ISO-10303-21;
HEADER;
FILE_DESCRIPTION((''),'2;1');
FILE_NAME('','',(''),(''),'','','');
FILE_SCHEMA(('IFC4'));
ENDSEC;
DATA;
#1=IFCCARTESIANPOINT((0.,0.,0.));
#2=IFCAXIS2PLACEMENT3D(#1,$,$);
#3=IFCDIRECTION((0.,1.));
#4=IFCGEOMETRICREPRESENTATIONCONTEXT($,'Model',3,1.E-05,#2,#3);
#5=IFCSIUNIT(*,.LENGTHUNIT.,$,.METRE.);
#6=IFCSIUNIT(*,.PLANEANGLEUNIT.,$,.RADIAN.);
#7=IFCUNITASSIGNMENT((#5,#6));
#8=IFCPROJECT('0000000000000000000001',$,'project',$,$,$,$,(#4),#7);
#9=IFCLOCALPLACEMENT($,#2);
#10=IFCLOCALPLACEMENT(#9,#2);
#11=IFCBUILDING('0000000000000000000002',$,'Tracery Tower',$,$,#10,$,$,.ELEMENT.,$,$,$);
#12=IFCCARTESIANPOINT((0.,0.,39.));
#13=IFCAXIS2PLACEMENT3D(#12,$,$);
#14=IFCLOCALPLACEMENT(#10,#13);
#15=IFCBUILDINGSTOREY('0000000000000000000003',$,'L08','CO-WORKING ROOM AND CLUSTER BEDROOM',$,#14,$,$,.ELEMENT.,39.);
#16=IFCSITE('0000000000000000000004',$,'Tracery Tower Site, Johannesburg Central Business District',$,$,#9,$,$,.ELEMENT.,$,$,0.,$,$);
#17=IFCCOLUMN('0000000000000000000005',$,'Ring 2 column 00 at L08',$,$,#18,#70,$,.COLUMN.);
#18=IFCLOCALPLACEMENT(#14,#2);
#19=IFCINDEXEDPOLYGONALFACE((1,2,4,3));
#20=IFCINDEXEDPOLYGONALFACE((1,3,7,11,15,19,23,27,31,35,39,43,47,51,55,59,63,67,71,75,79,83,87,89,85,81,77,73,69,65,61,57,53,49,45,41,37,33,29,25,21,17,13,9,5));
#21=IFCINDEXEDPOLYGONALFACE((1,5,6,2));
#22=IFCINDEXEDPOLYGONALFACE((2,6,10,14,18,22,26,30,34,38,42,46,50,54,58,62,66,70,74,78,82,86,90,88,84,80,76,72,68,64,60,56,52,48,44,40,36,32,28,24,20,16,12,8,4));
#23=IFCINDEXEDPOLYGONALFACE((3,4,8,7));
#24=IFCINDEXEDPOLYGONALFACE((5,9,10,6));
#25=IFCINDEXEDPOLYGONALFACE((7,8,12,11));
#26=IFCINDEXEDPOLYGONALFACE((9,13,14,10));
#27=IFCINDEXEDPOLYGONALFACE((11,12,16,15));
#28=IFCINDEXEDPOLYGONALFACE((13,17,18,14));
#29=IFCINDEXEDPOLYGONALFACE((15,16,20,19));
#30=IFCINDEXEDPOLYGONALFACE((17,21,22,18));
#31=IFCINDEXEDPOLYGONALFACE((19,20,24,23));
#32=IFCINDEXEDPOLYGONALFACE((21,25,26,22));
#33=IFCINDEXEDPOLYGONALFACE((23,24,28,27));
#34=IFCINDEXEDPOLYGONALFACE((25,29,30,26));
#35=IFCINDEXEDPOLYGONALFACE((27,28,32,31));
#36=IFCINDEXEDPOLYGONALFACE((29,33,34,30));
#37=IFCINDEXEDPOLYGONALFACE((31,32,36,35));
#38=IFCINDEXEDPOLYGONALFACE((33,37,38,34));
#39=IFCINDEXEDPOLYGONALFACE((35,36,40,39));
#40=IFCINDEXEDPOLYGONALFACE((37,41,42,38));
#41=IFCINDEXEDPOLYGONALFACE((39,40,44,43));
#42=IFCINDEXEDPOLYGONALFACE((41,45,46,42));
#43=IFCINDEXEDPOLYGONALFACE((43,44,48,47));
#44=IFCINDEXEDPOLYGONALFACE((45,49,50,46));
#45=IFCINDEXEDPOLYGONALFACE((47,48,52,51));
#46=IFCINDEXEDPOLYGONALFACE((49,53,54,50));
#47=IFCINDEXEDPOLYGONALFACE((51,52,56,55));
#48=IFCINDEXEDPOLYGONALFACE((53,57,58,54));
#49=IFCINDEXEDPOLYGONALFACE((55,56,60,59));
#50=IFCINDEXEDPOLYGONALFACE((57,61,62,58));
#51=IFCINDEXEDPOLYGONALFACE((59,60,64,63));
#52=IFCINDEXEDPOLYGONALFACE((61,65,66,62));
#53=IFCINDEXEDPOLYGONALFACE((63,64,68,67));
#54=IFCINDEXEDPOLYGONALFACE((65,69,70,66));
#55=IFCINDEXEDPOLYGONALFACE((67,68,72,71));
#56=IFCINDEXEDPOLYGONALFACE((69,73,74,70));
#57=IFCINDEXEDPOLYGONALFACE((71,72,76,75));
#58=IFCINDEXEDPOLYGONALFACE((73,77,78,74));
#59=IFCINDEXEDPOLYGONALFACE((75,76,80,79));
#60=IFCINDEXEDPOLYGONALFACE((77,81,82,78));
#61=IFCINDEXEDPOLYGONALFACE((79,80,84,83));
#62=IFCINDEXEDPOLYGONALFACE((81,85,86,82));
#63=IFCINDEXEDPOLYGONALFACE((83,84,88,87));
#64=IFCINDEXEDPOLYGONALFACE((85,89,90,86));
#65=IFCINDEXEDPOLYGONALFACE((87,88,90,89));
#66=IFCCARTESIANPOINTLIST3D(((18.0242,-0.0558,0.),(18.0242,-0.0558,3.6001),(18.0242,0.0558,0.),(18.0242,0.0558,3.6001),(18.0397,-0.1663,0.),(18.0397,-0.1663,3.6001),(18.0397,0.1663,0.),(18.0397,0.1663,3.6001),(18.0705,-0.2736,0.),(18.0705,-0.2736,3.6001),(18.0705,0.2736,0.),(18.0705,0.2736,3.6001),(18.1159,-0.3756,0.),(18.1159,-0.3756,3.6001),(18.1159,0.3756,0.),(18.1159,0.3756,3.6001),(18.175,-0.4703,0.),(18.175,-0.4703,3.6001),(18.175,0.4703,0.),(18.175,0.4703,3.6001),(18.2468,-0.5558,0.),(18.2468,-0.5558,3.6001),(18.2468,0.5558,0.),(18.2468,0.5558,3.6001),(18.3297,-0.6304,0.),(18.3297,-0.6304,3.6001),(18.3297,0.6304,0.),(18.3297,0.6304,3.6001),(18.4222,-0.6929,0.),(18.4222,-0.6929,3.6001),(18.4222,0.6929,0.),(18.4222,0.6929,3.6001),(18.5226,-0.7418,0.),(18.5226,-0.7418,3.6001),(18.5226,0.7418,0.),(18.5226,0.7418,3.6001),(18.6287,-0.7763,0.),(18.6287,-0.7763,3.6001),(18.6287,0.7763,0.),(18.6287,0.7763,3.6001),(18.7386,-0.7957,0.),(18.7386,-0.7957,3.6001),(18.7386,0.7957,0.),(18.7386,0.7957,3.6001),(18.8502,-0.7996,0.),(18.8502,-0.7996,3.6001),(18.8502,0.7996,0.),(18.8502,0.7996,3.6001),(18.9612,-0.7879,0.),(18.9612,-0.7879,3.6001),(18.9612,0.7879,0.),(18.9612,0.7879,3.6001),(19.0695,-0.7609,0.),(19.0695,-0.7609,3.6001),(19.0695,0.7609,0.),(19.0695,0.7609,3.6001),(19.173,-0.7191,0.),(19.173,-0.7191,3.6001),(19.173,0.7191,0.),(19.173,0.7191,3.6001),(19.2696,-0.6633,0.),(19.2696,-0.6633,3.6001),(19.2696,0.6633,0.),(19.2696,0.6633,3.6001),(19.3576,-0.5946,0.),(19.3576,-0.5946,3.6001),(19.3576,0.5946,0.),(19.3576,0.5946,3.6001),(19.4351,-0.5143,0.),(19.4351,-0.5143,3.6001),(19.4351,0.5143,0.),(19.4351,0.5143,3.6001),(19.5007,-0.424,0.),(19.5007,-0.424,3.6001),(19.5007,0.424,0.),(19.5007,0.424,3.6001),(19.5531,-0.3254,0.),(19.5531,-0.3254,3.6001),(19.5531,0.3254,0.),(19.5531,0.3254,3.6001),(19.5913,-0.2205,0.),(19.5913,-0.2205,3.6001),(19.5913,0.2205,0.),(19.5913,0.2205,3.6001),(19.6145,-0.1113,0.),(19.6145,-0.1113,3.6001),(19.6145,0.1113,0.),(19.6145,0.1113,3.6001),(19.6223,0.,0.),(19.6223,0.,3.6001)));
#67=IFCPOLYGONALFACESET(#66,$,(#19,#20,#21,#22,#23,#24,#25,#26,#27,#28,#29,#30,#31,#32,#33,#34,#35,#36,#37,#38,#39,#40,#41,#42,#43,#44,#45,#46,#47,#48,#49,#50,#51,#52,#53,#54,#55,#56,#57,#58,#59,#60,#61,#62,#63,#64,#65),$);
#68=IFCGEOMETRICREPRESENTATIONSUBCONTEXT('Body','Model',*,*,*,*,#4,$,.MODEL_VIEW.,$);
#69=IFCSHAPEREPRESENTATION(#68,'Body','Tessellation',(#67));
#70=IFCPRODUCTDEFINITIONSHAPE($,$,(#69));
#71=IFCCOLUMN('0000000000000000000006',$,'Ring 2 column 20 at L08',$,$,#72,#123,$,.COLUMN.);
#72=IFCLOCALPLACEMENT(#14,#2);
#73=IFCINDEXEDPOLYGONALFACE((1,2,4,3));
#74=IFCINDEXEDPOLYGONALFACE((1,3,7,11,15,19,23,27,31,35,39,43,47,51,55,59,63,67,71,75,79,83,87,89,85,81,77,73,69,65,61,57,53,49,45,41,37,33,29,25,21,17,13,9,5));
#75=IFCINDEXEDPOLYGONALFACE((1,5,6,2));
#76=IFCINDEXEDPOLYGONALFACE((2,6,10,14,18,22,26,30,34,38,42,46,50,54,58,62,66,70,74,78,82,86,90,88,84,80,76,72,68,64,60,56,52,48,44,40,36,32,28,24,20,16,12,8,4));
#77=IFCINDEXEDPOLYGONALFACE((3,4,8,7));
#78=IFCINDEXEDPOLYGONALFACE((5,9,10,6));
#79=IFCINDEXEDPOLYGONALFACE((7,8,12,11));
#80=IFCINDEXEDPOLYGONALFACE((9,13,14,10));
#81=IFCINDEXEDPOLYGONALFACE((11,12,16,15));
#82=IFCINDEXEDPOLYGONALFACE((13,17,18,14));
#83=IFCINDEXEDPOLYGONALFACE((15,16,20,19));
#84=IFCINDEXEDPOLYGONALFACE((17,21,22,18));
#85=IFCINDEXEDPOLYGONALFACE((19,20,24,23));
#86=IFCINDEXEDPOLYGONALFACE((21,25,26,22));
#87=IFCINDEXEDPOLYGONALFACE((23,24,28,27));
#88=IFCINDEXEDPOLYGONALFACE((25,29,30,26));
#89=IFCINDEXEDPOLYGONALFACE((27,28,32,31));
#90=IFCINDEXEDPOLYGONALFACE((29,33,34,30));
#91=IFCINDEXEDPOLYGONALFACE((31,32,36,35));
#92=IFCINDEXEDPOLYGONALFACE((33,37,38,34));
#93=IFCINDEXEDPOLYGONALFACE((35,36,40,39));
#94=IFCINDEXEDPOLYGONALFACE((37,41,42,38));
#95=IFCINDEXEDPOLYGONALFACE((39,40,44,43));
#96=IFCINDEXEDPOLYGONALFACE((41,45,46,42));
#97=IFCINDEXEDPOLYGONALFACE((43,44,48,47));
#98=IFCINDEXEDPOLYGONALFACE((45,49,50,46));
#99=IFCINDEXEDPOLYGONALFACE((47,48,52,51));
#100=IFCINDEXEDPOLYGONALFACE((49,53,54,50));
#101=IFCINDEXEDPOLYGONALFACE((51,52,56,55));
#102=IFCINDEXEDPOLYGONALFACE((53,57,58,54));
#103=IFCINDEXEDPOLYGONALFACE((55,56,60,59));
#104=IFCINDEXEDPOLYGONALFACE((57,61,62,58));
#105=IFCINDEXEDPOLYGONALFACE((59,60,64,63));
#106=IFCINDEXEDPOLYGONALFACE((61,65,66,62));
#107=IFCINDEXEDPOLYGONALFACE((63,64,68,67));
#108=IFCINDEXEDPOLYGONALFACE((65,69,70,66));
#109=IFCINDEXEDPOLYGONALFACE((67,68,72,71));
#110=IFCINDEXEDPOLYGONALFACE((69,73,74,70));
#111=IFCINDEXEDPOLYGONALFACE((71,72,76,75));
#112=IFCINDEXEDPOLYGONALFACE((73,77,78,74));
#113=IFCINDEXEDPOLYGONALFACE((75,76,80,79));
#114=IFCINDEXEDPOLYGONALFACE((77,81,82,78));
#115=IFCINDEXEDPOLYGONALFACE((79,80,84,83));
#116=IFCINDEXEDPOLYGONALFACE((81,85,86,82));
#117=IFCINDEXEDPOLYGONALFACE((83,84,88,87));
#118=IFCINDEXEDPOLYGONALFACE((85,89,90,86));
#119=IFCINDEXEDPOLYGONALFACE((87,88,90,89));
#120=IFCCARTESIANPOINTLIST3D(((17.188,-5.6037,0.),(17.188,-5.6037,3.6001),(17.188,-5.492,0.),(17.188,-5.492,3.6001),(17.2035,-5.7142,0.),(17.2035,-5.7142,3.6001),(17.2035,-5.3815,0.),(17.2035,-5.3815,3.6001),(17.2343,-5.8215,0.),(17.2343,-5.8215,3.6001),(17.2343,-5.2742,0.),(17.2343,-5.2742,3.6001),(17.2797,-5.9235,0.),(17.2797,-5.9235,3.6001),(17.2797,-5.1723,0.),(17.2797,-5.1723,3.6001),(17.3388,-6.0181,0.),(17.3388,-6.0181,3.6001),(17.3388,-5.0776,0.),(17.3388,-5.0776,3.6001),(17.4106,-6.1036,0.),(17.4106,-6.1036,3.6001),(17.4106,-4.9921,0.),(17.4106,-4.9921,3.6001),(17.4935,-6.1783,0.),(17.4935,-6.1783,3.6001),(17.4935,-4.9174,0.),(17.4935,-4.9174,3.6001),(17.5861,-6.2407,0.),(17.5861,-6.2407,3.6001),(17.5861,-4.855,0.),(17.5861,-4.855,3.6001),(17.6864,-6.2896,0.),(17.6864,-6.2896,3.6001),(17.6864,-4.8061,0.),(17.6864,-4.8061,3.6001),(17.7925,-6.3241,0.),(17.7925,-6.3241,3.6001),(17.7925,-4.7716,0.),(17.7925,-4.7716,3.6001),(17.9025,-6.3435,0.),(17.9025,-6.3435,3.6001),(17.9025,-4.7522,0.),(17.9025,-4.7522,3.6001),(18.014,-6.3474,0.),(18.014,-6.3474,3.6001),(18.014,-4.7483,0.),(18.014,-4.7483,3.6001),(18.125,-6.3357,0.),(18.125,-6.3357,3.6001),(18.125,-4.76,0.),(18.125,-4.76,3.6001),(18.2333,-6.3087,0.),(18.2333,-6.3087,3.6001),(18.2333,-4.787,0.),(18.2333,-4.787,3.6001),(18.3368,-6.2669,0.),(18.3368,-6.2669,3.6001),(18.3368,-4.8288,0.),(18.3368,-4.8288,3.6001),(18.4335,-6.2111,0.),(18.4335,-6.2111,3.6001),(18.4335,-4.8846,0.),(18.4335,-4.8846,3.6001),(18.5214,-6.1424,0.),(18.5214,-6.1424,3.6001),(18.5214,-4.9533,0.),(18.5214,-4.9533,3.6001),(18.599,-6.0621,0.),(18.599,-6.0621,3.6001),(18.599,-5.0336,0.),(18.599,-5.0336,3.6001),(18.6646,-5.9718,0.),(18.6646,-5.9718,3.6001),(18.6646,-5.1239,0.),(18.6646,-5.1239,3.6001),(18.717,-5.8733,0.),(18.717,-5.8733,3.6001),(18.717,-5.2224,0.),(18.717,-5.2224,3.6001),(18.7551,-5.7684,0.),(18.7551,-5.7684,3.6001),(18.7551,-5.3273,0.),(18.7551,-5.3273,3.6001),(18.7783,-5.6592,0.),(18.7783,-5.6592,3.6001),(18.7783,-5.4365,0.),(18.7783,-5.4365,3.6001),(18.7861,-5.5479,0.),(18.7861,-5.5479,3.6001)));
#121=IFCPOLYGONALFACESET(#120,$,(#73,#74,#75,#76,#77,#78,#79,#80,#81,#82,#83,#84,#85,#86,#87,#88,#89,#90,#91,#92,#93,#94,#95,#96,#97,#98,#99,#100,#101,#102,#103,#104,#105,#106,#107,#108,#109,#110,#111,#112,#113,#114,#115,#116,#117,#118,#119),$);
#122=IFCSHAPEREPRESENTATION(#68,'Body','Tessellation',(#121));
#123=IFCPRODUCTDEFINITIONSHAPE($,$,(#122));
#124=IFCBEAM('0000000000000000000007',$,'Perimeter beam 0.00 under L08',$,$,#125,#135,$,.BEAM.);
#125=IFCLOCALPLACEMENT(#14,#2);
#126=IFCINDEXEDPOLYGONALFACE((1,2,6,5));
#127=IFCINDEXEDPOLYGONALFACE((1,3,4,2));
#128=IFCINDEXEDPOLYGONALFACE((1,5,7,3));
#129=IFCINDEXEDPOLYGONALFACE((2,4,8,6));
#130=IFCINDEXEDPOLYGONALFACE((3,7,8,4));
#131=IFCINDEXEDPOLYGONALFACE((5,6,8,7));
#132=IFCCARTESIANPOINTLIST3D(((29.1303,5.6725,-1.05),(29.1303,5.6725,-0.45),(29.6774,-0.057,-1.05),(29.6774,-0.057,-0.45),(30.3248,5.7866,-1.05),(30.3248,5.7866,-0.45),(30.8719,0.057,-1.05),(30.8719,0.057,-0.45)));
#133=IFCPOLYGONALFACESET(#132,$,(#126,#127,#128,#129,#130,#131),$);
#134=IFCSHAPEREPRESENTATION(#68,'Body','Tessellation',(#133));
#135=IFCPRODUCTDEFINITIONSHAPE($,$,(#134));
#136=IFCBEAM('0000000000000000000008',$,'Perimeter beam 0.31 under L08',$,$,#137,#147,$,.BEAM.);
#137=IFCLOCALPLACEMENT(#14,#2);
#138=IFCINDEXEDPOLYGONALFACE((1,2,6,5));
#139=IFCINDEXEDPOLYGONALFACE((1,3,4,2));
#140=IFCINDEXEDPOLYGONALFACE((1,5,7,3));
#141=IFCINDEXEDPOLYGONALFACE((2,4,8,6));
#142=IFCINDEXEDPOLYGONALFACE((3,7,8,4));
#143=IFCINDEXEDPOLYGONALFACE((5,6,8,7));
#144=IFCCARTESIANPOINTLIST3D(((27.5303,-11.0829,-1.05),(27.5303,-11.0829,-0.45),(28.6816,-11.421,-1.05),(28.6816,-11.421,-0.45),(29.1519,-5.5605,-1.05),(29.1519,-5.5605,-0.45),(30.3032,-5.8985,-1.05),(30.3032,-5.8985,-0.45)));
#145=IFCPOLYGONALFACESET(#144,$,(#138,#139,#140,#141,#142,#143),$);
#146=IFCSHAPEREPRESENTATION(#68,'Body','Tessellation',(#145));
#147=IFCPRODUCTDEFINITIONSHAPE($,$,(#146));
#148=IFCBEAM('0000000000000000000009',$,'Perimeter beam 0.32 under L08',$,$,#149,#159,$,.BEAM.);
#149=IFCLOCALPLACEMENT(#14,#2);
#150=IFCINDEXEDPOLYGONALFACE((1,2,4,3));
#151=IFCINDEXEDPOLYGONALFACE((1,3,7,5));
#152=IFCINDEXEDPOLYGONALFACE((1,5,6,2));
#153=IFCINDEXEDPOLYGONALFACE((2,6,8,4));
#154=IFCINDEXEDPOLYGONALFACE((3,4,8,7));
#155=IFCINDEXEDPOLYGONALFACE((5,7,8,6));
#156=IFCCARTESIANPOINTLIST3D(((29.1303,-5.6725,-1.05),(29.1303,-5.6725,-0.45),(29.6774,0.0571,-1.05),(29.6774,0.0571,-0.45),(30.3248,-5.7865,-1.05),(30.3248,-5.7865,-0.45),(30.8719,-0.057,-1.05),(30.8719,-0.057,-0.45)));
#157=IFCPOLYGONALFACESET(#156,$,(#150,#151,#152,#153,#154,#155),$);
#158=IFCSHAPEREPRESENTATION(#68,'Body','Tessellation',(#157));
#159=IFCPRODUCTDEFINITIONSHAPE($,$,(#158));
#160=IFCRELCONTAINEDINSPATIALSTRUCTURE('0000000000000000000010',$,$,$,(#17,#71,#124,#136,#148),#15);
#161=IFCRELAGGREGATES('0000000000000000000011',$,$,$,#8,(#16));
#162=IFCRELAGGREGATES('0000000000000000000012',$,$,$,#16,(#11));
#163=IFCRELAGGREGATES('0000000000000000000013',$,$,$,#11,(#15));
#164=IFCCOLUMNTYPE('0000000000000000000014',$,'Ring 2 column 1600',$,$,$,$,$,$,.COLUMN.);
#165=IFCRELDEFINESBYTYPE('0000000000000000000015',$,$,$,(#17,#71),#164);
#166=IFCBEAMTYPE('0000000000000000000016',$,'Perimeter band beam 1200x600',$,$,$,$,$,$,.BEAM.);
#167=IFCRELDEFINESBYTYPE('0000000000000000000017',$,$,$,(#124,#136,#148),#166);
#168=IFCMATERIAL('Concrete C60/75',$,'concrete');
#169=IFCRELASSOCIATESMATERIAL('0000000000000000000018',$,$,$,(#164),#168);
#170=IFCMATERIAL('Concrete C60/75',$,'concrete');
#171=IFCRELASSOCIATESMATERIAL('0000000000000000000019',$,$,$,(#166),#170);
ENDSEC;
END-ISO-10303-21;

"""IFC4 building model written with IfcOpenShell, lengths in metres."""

from ifc_helpers import new_model, si_unit, direction, frame, origin, origin_2d, place, context, subcontext, project, spatial, rectangle, circle, extrude, material, material_profile, profile_set, type_object, element, save


model = new_model("IFC4")

# Units and contexts
model_context = context("Model", 3, precision=1e-05, world=origin(), true_north=direction((0.0, 1.0)))
body_context = subcontext(model_context, "Body", "Model", "MODEL_VIEW")
ifc_project = project(units=[si_unit("LENGTHUNIT", "METRE"), si_unit("PLANEANGLEUNIT", "RADIAN")], contexts=[model_context])

# Site, building, storey
site_placement = place(None, origin())
site = spatial("IfcSite", under=ifc_project, at=site_placement, Name="Tracery Tower Site, Johannesburg Central Business District", CompositionType="ELEMENT", RefElevation=0.0)
building_placement = place(site_placement, origin())
building = spatial("IfcBuilding", under=site, at=building_placement, Name="Tracery Tower", CompositionType="ELEMENT")
storey_placement = place(building_placement, frame((0.0, 0.0, 39.0)))
storey = spatial("IfcBuildingStorey", under=building, at=storey_placement, Name="L08", Description="CO-WORKING ROOM AND CLUSTER BEDROOM", CompositionType="ELEMENT", Elevation=39.0)

# Columns
ifc_material_1 = material(Name="Concrete C60/75", Category="concrete")
ifc_material_profile_1 = material_profile(ifc_material_1, circle(Radius=0.8, at=origin_2d()), Name="RC D1600")
ifc_profile_set_1 = profile_set([ifc_material_profile_1], Name="Concrete C60/75")
column_type_1 = type_object("IfcColumnType", Name="Ring 2 column 1600", PredefinedType="COLUMN", material=ifc_profile_set_1)
for number, where, z_axis, x_axis, name in (
    (1, (18.8223, 0.0, 0.0), (0.0, 0.0, 1.0), (1.0, 0.0, 0.0), "Ring 2 column 00 at L08"),
    (2, (17.9861, -5.5479, 0.0), (0.0, 0.0, 1.0), (1.0, 0.0, 0.0), "Ring 2 column 20 at L08"),
):
    element("IfcColumn", number, at=place(storey_placement, frame(where, z_axis=z_axis, x_axis=x_axis)), inside=storey, type_object=column_type_1, Name=name, PredefinedType="COLUMN", context=body_context, shape_type="SweptSolid", body=[
        extrude(circle(Radius=0.8, at=origin_2d()), origin(), (0.0, 0.0, 1.0), 3.6001),
    ])

# Beams
ifc_material_2 = material(Name="Concrete C60/75", Category="concrete")
ifc_material_profile_2 = material_profile(ifc_material_2, rectangle(XDim=1.2, YDim=0.6001, at=origin_2d()), Name="RC 1200x600")
ifc_profile_set_2 = profile_set([ifc_material_profile_2], Name="Concrete C60/75")
beam_type = type_object("IfcBeamType", Name="Perimeter band beam 1200x600", PredefinedType="BEAM", material=ifc_profile_set_2)
for number, where, z_axis, x_axis, name in (
    (3, (30.2747, 0.0, -0.75), (-0.095059, 0.995472, 0.0), (-0.995472, -0.095059, 0.0), "Perimeter beam 0.00 under L08"),
    (4, (28.106, -11.252, -0.75), (0.281739, 0.959491, 0.0), (-0.959491, 0.281739, 0.0), "Perimeter beam 0.31 under L08"),
    (5, (29.7275, -5.7295, -0.75), (0.095059, 0.995472, 0.0), (-0.995472, 0.095059, 0.0), "Perimeter beam 0.32 under L08"),
):
    element("IfcBeam", number, at=place(storey_placement, frame(where, z_axis=z_axis, x_axis=x_axis)), inside=storey, type_object=beam_type, Name=name, PredefinedType="BEAM", context=body_context, shape_type="SweptSolid", body=[
        extrude(rectangle(XDim=1.2, YDim=0.6001, at=origin_2d()), origin(), (0.0, 0.0, 1.0), 5.7556),
    ])

save(model, "model.ifc")
